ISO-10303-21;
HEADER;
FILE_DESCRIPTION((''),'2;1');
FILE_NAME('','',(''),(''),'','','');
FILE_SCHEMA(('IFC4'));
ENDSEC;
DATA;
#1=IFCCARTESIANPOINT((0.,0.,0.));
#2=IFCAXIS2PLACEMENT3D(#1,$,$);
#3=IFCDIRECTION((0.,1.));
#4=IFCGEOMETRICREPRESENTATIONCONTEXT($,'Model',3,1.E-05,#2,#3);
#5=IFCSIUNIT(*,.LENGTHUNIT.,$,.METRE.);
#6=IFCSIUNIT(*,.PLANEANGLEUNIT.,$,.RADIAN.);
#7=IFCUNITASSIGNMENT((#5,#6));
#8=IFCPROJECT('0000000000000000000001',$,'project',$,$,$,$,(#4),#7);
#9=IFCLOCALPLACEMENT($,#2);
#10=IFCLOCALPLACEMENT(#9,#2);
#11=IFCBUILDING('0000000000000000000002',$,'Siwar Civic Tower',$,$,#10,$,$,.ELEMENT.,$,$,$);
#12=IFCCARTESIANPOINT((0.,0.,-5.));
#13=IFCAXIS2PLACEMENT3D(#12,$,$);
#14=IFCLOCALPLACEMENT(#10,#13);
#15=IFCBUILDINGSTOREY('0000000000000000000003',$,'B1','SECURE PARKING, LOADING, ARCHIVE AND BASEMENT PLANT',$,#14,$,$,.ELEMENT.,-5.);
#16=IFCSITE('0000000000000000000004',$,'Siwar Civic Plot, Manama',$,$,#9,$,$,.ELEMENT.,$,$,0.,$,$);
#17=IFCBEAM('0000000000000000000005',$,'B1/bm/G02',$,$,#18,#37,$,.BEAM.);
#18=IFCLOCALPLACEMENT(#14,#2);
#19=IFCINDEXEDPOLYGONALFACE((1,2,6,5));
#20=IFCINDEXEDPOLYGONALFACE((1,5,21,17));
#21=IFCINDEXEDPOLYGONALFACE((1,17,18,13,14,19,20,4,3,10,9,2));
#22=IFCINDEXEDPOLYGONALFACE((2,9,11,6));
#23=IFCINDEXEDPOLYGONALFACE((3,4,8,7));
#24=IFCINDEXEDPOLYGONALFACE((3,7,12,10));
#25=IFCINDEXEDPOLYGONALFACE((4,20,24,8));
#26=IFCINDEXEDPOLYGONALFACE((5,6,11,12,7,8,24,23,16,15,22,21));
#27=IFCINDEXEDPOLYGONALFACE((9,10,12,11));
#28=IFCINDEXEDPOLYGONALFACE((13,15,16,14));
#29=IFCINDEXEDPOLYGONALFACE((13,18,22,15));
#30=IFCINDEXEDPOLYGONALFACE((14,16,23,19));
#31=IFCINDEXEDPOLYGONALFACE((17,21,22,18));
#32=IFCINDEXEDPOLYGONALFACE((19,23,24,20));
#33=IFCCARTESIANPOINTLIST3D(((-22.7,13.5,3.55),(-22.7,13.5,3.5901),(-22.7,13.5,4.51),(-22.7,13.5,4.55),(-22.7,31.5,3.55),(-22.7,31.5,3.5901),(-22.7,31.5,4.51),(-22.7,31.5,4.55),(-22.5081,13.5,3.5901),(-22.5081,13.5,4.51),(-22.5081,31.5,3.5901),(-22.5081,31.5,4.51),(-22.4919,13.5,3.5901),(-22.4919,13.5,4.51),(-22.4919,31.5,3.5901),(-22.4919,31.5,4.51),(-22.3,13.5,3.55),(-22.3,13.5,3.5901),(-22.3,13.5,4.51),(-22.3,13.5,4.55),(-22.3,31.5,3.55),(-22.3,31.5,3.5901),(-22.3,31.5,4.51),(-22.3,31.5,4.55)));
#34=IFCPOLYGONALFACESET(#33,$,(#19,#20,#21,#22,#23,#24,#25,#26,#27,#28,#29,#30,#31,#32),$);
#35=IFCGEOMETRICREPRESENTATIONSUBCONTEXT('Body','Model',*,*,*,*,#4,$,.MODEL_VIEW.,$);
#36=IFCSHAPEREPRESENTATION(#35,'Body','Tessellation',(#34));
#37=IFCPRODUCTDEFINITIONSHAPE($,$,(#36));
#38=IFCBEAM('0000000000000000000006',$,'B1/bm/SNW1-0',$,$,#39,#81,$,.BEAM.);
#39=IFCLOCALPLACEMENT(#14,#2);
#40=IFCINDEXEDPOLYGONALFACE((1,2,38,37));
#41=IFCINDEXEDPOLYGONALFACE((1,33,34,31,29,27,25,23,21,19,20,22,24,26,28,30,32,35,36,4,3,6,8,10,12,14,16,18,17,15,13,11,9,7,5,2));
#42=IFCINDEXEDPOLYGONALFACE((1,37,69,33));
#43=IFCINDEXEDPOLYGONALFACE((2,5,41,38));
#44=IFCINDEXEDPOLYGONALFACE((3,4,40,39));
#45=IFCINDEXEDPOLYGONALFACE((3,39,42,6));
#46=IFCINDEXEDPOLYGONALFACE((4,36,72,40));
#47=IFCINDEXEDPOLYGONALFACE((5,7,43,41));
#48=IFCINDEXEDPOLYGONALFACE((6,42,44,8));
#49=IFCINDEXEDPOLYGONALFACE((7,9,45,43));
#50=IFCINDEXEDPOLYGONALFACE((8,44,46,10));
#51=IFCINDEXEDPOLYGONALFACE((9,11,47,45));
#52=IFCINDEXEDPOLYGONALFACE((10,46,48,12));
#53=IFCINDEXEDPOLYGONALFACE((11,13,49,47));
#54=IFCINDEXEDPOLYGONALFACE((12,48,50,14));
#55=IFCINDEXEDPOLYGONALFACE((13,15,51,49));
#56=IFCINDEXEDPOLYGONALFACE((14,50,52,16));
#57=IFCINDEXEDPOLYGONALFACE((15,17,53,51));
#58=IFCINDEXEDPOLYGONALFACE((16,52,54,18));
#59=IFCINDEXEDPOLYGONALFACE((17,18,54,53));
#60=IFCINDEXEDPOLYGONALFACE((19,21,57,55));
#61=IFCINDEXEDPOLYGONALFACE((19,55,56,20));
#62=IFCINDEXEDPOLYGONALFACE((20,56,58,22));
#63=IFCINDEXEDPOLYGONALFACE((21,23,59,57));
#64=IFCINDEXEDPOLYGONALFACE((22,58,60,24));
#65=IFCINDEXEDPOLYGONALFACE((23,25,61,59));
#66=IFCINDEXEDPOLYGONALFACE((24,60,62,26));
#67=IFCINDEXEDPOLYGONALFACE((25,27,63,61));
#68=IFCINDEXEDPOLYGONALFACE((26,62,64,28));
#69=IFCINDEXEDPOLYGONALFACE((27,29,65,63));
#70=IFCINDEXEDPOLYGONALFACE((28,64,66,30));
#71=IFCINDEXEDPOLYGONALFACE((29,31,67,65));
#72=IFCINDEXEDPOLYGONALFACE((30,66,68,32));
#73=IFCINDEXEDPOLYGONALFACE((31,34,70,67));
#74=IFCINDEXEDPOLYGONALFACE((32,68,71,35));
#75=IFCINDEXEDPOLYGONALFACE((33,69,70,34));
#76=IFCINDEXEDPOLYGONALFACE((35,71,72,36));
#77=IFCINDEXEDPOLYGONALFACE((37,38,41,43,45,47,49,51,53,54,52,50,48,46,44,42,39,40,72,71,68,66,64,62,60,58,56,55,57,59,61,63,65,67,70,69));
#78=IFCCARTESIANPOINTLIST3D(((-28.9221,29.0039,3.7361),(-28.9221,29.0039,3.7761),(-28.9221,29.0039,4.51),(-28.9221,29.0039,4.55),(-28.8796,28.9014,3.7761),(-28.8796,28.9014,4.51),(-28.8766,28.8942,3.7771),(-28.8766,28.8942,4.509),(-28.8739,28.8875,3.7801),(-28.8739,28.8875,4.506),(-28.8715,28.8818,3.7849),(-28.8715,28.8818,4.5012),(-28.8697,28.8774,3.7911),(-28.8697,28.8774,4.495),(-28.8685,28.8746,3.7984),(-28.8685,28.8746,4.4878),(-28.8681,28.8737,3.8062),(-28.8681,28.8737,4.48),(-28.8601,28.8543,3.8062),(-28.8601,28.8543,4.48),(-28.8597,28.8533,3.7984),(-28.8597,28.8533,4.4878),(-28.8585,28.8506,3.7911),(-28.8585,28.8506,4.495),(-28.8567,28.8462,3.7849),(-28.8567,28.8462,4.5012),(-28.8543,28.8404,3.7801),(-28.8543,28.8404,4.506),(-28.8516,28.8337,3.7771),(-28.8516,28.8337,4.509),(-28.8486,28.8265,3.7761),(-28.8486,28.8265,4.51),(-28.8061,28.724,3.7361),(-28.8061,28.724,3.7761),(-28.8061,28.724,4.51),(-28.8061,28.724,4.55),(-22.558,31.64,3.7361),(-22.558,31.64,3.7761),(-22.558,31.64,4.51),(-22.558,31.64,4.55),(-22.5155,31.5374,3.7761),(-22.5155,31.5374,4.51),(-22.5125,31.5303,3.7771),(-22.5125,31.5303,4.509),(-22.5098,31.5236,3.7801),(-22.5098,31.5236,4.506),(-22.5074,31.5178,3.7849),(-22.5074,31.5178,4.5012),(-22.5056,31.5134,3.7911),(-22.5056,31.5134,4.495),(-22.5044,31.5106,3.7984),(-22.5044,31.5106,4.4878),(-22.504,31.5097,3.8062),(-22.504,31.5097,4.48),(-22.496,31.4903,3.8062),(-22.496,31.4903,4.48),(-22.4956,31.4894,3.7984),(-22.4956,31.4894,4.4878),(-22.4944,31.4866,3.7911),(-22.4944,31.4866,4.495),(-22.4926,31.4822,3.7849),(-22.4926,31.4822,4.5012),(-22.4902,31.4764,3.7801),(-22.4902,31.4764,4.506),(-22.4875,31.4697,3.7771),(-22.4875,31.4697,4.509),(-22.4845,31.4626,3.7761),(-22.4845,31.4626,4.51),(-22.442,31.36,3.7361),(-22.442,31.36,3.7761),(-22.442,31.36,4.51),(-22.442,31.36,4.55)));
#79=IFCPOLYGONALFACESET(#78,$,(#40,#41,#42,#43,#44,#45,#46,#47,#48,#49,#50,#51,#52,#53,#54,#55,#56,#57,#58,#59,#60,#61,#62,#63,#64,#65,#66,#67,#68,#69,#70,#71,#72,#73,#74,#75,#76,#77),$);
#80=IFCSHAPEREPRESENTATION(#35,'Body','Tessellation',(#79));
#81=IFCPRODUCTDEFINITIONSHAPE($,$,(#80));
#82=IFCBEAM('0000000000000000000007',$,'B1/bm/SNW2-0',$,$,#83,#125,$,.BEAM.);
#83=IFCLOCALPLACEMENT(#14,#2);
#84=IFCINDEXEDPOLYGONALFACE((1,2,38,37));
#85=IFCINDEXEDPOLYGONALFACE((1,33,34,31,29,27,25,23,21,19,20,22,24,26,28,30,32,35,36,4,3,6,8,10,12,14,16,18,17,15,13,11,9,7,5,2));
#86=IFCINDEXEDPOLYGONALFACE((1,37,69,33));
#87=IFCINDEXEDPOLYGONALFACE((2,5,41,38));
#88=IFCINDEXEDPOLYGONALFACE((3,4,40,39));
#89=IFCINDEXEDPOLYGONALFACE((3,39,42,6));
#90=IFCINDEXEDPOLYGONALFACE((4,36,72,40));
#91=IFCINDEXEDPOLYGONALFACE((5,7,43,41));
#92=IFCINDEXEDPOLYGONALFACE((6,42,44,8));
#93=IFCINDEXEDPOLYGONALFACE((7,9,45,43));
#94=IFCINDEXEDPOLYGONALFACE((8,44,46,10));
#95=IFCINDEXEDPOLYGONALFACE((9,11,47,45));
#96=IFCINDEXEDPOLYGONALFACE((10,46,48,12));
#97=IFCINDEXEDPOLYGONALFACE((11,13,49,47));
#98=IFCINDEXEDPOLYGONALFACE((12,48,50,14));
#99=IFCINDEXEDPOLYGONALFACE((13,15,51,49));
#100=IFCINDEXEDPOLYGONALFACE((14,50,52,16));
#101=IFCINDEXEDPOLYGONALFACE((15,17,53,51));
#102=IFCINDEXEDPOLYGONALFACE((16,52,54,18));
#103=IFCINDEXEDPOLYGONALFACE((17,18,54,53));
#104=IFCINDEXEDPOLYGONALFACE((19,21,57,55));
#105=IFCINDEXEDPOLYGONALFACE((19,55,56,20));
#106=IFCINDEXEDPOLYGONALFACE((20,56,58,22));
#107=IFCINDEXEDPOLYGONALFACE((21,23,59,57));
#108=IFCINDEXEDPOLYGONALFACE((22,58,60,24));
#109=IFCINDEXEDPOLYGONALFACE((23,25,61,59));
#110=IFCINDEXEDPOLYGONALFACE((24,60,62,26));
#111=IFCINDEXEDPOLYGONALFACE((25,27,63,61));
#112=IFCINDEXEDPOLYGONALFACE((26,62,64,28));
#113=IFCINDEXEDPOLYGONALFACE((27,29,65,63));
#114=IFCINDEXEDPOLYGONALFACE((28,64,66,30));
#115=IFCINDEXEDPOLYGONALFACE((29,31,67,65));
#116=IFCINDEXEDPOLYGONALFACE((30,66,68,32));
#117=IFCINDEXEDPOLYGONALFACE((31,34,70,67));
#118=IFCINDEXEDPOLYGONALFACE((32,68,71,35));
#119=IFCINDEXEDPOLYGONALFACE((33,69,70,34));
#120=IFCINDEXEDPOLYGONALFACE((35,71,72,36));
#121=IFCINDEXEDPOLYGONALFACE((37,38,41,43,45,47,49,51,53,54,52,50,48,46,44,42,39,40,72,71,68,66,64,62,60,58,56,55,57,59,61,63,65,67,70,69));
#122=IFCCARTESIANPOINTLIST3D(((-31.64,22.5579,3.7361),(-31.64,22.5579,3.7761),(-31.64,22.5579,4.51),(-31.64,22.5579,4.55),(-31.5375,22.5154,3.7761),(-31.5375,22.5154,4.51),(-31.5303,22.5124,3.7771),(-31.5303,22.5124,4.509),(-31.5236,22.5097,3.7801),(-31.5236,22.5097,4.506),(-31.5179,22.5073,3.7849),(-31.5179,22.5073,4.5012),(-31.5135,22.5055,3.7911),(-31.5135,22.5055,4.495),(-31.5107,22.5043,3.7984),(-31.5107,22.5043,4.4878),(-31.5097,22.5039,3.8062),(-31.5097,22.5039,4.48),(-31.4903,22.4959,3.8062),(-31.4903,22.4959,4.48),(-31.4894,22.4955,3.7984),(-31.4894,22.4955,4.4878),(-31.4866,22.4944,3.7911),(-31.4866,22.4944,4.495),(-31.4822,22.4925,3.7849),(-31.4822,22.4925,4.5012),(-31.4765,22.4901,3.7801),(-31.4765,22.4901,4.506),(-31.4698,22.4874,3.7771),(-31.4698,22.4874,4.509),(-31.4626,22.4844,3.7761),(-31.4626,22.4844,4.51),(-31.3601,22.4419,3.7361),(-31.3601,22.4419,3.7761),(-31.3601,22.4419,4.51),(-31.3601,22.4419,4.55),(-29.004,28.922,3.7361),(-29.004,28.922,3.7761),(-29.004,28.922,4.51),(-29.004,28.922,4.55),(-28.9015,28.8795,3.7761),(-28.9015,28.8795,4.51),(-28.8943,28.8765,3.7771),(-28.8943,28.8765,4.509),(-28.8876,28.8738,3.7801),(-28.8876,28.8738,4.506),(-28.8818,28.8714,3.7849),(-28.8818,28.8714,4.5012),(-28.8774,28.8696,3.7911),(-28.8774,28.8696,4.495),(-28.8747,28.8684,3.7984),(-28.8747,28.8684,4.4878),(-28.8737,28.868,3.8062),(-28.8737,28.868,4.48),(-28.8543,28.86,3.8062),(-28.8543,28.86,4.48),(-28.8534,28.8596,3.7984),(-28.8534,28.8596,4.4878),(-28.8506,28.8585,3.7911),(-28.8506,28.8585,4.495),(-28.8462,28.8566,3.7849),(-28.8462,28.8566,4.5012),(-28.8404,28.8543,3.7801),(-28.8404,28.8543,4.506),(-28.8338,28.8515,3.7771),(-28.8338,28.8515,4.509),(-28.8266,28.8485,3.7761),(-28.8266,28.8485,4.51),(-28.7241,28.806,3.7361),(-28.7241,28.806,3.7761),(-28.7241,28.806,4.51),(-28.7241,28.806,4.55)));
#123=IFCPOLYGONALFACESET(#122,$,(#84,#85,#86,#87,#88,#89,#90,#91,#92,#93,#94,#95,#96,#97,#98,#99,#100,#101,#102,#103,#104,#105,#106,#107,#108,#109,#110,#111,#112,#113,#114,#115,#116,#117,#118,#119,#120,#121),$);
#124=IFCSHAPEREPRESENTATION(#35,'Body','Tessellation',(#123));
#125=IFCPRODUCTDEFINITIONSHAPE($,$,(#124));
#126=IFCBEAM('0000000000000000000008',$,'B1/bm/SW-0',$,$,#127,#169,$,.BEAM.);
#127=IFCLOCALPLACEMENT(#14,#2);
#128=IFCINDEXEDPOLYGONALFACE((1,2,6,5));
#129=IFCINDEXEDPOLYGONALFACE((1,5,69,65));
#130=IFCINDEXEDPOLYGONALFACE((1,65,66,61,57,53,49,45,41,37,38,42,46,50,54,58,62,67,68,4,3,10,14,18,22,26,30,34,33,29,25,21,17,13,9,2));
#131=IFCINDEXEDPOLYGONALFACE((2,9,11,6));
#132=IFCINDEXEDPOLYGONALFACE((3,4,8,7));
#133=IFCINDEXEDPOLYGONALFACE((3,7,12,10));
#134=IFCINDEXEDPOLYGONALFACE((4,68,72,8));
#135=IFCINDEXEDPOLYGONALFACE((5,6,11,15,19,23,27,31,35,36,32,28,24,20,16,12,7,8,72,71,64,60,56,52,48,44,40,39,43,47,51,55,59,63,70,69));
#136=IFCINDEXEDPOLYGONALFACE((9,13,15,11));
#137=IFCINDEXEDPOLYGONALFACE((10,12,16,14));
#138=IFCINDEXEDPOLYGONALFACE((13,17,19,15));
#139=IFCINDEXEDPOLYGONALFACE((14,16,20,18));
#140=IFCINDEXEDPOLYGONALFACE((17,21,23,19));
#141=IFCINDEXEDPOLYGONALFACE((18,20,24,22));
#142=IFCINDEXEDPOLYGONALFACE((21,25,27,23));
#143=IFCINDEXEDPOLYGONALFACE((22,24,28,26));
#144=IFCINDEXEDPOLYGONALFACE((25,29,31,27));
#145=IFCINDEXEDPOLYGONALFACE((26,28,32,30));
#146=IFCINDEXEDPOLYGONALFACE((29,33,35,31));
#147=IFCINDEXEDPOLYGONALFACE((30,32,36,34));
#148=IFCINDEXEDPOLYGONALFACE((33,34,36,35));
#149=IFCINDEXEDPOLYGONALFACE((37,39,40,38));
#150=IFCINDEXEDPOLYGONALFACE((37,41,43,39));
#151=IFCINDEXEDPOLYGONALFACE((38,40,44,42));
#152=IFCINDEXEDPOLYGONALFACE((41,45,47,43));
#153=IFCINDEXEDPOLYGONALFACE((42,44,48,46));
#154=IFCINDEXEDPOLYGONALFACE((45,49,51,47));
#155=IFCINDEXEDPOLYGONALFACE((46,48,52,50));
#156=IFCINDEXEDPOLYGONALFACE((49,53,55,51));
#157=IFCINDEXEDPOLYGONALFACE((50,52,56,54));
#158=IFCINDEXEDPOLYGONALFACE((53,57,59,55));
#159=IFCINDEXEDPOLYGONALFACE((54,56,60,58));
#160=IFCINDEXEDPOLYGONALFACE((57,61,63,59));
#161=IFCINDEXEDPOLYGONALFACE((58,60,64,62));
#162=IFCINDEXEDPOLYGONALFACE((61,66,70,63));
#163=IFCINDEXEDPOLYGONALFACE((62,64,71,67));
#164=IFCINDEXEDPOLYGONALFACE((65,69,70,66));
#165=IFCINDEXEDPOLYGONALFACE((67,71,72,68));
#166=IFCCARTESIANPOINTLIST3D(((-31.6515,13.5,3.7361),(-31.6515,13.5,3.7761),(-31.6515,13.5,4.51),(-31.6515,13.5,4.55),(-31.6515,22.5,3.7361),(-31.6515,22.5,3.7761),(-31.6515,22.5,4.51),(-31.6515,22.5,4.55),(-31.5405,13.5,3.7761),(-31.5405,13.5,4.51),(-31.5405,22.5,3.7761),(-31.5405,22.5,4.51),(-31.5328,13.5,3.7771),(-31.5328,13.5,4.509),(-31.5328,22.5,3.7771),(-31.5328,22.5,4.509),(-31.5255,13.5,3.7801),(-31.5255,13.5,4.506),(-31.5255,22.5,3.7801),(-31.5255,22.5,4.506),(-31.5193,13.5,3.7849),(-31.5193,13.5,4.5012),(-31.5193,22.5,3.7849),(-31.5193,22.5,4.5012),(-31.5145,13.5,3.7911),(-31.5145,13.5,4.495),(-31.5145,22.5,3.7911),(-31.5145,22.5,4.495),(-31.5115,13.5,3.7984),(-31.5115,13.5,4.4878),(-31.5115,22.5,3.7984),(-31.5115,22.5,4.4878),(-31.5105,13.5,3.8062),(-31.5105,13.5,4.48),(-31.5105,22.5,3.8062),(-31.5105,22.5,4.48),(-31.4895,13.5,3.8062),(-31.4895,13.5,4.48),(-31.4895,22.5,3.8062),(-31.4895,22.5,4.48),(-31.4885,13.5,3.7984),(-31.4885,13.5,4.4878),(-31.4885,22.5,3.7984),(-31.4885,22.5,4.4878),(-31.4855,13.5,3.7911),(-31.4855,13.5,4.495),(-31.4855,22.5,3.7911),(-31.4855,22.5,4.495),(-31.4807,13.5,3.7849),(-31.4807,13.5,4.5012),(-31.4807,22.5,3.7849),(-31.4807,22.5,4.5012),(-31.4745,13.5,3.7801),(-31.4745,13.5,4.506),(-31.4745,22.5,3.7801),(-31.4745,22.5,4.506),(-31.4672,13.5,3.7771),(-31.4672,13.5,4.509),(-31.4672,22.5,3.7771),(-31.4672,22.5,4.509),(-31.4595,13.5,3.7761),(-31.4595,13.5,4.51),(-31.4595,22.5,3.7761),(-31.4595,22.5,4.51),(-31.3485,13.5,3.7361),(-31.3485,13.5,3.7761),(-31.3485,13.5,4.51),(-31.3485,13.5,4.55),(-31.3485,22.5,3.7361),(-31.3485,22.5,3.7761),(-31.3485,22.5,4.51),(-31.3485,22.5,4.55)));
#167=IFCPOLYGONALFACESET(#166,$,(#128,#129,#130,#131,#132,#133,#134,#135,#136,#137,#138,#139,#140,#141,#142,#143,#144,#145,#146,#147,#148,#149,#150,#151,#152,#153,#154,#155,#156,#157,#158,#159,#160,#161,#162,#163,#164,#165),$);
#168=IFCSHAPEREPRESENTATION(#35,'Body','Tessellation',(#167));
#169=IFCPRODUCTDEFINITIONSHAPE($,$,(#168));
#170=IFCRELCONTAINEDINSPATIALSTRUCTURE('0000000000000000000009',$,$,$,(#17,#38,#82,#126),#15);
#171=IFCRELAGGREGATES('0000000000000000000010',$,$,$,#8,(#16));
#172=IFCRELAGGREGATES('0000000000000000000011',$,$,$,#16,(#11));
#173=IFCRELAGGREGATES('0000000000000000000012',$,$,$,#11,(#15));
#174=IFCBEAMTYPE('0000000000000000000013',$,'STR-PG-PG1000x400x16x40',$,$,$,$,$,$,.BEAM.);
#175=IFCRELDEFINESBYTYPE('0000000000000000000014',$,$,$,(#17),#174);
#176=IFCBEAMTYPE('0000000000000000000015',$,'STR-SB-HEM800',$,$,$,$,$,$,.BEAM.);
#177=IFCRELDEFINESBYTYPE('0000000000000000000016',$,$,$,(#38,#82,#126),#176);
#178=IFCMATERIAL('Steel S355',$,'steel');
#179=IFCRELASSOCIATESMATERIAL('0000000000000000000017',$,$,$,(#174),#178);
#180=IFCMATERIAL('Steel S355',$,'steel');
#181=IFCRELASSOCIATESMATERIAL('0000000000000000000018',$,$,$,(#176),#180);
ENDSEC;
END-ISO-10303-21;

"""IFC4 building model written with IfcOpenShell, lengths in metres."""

from ifc_helpers import new_model, si_unit, direction, frame, origin, origin_2d, place, context, subcontext, project, spatial, i_section, extrude, material, material_profile, profile_set, type_object, element, save


model = new_model("IFC4")

# Units and contexts
model_context = context("Model", 3, precision=1e-05, world=origin(), true_north=direction((0.0, 1.0)))
body_context = subcontext(model_context, "Body", "Model", "MODEL_VIEW")
ifc_project = project(units=[si_unit("LENGTHUNIT", "METRE"), si_unit("PLANEANGLEUNIT", "RADIAN")], contexts=[model_context])

# Site, building, storey
site_placement = place(None, origin())
site = spatial("IfcSite", under=ifc_project, at=site_placement, Name="Siwar Civic Plot, Manama", CompositionType="ELEMENT", RefElevation=0.0)
building_placement = place(site_placement, origin())
building = spatial("IfcBuilding", under=site, at=building_placement, Name="Siwar Civic Tower", CompositionType="ELEMENT")
storey_placement = place(building_placement, frame((0.0, 0.0, -5.0)))
storey = spatial("IfcBuildingStorey", under=building, at=storey_placement, Name="B1", Description="SECURE PARKING, LOADING, ARCHIVE AND BASEMENT PLANT", CompositionType="ELEMENT", Elevation=-5.0)

# Beams
ifc_material_1 = material(Name="Steel S355", Category="steel")
ifc_material_profile_1 = material_profile(ifc_material_1, i_section(OverallWidth=0.3999, OverallDepth=1.0, WebThickness=0.0161, FlangeThickness=0.04, at=origin_2d()), Name="PG1000x400x16x40")
ifc_profile_set_1 = profile_set([ifc_material_profile_1], Name="Steel S355")
beam_type_1 = type_object("IfcBeamType", Name="STR-PG-PG1000x400x16x40", PredefinedType="BEAM", material=ifc_profile_set_1)
beam_1_placement = place(storey_placement, frame((-22.5, 13.5, 4.05), z_axis=(0.0, 1.0, 0.0), x_axis=(-1.0, 0.0, 0.0)))
element("IfcBeam", 1, at=beam_1_placement, inside=storey, type_object=beam_type_1, Name="B1/bm/G02", PredefinedType="BEAM", context=body_context, shape_type="SweptSolid", body=[
    extrude(i_section(OverallWidth=0.3999, OverallDepth=1.0, WebThickness=0.0161, FlangeThickness=0.04, at=origin_2d()), origin(), (0.0, 0.0, 1.0), 18.0),
])
ifc_material_2 = material(Name="Steel S355", Category="steel")
ifc_material_profile_2 = material_profile(ifc_material_2, i_section(OverallWidth=0.303, OverallDepth=0.814, WebThickness=0.021, FlangeThickness=0.04, FilletRadius=0.03, at=origin_2d()), Name="HEM800")
ifc_profile_set_2 = profile_set([ifc_material_profile_2], Name="Steel S355")
beam_type_2 = type_object("IfcBeamType", Name="STR-SB-HEM800", PredefinedType="BEAM", material=ifc_profile_set_2)
for number, where, z_axis, x_axis, name in (
    (2, (-22.5, 31.5, 4.1431), (-0.923883, -0.382674, 0.0), (0.382674, -0.923883, 0.0), "B1/bm/SNW1-0"),
    (3, (-28.864, 28.864, 4.1431), (-0.382674, -0.923883, 0.0), (0.923883, -0.382674, 0.0), "B1/bm/SNW2-0"),
):
    element("IfcBeam", number, at=place(storey_placement, frame(where, z_axis=z_axis, x_axis=x_axis)), inside=storey, type_object=beam_type_2, Name=name, PredefinedType="BEAM", context=body_context, shape_type="SweptSolid", body=[
        extrude(i_section(OverallWidth=0.303, OverallDepth=0.814, WebThickness=0.021, FlangeThickness=0.04, FilletRadius=0.03, at=origin_2d()), origin(), (0.0, 0.0, 1.0), 6.8884),
    ])
for number, where, z_axis, x_axis, name in (
    (4, (-31.5, 22.5, 4.1431), (0.0, -1.0, 0.0), (1.0, 0.0, 0.0), "B1/bm/SW-0"),
):
    element("IfcBeam", number, at=place(storey_placement, frame(where, z_axis=z_axis, x_axis=x_axis)), inside=storey, type_object=beam_type_2, Name=name, PredefinedType="BEAM", context=body_context, shape_type="SweptSolid", body=[
        extrude(i_section(OverallWidth=0.303, OverallDepth=0.814, WebThickness=0.021, FlangeThickness=0.04, FilletRadius=0.03, at=origin_2d()), origin(), (0.0, 0.0, 1.0), 9.0),
    ])

save(model, "model.ifc")
